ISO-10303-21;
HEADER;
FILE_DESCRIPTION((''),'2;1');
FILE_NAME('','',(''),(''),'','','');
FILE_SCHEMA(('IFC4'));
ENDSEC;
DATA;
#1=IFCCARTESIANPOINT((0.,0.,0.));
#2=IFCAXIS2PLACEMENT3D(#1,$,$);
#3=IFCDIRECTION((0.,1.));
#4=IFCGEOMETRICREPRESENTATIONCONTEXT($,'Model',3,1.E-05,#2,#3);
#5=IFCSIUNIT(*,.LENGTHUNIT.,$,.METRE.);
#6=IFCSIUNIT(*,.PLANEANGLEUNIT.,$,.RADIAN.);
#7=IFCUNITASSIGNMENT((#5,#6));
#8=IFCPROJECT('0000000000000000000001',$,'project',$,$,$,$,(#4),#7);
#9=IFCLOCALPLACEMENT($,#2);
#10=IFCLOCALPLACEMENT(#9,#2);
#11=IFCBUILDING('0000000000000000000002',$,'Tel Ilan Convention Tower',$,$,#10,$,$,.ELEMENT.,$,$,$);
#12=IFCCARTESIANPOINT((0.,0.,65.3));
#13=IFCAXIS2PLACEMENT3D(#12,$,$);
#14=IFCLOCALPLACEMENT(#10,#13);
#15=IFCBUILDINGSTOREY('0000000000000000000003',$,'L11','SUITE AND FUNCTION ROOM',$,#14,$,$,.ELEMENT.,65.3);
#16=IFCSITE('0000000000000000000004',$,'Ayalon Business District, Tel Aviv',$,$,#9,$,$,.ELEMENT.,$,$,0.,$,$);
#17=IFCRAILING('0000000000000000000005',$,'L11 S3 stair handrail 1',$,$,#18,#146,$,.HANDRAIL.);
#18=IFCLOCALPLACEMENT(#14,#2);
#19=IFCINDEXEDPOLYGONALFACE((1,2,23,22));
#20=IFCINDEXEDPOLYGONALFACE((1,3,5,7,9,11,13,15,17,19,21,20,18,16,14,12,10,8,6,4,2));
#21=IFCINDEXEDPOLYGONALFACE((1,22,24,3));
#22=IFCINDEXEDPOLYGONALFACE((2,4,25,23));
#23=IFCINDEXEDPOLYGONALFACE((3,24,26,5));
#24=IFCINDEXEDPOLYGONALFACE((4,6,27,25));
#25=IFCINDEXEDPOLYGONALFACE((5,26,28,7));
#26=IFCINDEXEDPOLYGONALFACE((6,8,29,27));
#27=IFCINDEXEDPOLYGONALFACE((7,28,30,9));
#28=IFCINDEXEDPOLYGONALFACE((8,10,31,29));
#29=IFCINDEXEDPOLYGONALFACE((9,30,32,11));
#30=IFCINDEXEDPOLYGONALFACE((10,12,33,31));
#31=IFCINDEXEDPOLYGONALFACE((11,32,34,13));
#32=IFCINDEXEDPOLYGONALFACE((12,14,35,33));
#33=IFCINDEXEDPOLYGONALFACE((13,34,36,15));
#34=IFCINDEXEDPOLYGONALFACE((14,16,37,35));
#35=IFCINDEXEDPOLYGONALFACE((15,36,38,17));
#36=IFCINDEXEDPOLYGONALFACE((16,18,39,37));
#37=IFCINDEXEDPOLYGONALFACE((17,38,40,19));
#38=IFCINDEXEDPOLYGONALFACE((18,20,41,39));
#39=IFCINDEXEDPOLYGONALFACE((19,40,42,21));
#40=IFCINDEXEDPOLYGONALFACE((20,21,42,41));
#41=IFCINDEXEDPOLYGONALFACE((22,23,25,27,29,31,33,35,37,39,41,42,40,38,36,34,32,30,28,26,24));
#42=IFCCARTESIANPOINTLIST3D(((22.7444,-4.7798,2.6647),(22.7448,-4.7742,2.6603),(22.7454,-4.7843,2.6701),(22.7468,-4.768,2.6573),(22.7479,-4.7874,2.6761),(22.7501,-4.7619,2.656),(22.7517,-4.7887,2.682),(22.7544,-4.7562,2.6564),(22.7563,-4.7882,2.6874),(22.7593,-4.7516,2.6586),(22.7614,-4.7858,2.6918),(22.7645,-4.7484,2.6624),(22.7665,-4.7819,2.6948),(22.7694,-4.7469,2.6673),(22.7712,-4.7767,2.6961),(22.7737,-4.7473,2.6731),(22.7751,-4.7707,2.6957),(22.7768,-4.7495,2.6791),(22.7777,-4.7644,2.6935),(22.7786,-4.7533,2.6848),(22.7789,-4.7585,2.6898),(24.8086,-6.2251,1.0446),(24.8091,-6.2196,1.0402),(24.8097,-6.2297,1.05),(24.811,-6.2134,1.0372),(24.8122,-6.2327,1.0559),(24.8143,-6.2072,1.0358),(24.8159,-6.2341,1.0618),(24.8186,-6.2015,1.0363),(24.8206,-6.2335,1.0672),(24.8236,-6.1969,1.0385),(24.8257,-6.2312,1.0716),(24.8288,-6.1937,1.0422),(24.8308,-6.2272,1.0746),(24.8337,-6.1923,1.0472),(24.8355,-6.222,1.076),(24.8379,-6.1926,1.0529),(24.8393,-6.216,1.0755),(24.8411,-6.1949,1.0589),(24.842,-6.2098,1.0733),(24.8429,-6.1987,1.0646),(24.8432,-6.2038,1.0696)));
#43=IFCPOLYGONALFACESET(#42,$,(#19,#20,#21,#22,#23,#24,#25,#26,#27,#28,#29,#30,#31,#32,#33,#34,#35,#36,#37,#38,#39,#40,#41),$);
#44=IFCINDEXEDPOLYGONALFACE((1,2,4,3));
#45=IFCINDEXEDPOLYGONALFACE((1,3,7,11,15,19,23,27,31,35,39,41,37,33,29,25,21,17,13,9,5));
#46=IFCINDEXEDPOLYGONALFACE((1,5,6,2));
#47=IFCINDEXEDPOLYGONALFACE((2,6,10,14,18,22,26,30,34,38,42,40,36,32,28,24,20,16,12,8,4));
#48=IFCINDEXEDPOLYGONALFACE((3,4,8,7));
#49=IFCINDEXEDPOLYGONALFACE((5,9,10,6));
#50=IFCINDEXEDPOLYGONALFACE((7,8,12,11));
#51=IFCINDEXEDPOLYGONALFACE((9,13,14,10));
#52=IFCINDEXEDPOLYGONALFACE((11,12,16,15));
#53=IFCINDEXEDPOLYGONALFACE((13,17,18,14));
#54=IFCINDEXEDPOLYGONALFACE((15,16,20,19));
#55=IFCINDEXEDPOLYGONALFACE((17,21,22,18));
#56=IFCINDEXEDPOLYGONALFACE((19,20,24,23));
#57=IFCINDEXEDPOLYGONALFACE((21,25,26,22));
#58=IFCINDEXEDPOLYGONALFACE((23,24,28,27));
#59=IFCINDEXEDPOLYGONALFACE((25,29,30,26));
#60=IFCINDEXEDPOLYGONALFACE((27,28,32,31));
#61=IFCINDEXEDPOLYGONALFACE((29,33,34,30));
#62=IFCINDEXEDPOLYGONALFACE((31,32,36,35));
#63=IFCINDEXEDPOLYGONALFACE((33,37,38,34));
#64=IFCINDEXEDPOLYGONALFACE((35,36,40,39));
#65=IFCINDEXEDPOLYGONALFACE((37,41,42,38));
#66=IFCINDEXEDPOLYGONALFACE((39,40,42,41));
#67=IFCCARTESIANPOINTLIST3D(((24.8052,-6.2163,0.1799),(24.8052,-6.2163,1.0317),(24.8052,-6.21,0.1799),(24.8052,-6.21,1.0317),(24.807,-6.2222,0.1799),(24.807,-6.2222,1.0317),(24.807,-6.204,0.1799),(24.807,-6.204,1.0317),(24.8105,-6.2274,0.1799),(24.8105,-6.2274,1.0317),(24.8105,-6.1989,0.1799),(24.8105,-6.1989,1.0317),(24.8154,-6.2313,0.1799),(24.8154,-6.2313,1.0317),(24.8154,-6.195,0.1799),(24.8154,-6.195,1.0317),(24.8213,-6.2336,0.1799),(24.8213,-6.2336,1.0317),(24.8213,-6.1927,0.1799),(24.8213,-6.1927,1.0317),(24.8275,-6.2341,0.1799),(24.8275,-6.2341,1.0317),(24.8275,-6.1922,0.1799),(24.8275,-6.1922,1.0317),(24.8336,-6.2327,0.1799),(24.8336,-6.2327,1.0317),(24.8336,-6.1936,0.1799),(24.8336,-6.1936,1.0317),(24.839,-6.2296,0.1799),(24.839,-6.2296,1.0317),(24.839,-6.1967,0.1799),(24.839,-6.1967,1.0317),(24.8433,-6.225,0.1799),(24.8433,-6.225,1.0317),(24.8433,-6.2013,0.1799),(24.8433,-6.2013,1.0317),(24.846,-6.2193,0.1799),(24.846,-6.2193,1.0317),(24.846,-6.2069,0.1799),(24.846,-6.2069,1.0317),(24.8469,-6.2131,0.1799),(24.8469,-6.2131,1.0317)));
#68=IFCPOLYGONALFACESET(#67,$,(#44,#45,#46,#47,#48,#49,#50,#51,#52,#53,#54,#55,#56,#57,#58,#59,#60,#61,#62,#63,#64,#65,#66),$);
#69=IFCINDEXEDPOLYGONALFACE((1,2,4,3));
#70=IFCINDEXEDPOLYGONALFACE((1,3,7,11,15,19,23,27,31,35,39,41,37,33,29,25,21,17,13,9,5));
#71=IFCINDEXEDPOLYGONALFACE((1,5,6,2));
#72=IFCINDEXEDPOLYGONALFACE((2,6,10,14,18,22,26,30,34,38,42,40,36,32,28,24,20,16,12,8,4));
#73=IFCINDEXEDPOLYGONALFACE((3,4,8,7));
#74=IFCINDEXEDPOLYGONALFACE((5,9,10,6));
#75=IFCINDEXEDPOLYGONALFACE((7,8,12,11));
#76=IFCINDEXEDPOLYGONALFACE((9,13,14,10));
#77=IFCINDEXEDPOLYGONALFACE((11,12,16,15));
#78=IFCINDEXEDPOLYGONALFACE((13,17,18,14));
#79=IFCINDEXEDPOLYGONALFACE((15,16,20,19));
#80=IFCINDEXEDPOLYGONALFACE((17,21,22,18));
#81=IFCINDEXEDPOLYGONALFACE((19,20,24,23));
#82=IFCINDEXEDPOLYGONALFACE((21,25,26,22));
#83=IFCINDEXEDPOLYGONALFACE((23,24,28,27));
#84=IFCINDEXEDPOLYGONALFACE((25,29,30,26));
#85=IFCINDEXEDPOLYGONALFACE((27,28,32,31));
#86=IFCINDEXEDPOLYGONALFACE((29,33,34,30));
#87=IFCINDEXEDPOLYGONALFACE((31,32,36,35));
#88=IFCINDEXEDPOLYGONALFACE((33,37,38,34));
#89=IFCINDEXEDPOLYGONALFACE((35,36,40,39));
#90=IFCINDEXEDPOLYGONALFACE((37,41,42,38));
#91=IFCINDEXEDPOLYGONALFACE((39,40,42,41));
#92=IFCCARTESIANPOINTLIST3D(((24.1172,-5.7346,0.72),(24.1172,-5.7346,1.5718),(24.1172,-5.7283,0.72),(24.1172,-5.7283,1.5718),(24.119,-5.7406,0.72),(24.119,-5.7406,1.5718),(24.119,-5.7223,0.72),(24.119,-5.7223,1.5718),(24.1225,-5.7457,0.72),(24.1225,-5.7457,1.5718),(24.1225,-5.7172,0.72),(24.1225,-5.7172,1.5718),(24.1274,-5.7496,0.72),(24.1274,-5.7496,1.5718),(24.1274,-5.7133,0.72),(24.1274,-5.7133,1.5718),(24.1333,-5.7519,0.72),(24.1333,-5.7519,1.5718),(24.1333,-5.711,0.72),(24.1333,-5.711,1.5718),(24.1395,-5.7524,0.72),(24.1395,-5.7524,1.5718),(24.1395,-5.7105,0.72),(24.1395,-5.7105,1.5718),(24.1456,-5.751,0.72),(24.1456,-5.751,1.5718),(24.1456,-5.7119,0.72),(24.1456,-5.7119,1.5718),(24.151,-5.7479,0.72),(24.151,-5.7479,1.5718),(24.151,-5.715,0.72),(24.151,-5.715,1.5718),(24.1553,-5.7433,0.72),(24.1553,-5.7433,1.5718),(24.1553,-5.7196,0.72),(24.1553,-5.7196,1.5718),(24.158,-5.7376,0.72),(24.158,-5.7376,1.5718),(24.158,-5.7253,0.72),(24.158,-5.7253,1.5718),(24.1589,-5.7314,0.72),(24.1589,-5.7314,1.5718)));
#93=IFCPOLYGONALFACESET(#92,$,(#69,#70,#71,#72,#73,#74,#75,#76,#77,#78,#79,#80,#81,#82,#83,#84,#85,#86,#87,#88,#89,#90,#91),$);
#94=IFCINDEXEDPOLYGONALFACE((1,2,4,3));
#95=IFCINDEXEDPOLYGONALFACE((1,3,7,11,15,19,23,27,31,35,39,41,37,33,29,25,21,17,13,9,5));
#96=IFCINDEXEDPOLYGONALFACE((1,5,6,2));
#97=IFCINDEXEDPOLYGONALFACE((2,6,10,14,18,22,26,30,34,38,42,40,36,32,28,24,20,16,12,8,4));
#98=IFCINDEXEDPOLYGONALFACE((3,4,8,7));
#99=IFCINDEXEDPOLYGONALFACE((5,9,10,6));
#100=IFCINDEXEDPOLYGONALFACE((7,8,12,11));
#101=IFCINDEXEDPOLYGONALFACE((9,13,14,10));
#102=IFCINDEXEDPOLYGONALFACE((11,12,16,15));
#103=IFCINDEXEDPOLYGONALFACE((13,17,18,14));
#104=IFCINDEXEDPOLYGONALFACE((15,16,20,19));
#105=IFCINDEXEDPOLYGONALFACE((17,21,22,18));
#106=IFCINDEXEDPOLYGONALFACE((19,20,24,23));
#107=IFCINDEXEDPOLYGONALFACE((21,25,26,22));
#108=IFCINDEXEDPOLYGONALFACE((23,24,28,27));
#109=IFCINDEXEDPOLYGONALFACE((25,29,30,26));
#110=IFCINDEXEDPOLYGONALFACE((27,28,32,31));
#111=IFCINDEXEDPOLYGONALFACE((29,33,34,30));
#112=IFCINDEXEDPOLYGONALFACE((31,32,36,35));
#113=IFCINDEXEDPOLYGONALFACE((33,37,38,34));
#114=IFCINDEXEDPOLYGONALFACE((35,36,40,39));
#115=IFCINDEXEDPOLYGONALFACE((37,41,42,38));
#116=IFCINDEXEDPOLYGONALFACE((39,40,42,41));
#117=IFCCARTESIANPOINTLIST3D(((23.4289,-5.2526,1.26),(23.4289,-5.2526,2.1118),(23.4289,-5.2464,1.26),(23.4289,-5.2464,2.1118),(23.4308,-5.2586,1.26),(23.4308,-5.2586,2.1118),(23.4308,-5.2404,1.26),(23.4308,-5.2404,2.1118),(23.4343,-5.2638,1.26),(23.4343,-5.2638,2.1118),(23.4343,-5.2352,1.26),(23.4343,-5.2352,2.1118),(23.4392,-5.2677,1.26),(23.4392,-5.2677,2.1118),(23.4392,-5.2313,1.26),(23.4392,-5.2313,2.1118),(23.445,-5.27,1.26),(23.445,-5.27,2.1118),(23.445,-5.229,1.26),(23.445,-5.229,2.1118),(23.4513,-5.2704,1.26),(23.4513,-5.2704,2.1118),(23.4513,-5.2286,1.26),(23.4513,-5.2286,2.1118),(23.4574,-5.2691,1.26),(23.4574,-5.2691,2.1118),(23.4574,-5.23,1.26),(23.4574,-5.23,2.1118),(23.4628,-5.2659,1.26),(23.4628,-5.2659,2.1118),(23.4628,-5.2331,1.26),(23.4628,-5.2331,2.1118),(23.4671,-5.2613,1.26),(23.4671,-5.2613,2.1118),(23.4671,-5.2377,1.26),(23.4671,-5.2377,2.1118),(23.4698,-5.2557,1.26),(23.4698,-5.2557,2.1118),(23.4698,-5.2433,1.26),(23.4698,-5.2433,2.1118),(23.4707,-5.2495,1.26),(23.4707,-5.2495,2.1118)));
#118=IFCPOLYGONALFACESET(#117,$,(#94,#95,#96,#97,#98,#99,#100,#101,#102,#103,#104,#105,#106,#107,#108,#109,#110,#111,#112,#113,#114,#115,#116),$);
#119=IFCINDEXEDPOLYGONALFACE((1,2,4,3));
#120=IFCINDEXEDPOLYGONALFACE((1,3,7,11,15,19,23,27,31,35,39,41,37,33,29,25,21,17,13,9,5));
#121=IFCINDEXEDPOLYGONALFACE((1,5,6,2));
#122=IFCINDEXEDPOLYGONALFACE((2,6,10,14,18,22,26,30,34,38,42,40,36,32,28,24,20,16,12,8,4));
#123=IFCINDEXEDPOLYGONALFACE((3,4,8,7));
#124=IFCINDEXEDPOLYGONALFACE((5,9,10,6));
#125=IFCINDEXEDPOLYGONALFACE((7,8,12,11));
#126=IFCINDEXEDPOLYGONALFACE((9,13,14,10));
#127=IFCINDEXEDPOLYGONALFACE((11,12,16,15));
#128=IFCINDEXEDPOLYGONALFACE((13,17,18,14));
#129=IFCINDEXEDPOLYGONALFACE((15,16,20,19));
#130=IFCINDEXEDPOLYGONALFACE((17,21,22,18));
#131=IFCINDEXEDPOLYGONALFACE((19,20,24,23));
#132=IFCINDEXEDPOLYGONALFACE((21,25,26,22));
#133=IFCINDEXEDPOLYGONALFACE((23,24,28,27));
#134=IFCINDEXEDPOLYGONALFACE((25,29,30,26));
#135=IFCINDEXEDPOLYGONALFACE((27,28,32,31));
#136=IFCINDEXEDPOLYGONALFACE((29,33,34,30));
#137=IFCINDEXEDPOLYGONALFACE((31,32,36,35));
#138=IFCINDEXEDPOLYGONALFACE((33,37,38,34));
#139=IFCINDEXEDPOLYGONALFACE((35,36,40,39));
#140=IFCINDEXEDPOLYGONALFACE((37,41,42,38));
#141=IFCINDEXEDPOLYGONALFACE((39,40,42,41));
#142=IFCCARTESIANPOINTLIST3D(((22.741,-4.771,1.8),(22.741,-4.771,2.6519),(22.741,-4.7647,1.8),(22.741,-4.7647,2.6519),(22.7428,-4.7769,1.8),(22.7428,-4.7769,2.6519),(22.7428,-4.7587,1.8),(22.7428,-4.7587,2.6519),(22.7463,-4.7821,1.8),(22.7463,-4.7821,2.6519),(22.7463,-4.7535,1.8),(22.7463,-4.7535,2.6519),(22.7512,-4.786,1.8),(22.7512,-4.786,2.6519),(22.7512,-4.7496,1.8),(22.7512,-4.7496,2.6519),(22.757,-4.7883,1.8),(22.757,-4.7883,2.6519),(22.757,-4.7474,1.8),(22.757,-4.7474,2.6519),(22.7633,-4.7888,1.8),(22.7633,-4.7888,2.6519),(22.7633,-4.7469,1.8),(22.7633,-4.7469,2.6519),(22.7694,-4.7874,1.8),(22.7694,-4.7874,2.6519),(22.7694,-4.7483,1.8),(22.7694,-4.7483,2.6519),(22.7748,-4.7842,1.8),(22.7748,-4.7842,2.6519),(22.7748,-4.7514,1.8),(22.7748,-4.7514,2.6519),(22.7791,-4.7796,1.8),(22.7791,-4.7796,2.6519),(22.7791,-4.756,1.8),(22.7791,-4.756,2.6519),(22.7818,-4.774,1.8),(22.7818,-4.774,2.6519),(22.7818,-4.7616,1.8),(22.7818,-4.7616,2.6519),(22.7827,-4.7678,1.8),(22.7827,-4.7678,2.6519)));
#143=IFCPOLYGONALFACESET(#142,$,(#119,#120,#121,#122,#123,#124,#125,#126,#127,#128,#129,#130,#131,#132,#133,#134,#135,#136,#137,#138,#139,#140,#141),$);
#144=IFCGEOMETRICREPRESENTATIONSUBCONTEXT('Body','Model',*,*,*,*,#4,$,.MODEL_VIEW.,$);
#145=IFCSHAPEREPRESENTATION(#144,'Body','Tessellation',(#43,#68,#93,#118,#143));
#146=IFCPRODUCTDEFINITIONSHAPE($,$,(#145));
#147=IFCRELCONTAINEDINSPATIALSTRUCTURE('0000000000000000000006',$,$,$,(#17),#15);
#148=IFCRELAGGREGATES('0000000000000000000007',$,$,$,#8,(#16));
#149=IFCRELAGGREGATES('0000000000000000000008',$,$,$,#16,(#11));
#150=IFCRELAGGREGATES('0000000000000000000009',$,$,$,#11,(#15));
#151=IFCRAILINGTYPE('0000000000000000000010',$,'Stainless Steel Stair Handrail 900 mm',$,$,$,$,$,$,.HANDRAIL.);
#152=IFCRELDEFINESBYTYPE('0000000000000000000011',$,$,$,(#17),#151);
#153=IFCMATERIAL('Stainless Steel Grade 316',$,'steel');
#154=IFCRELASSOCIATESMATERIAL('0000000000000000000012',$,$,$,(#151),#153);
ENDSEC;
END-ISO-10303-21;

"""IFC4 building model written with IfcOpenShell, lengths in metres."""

from ifc_helpers import new_model, si_unit, direction, frame, origin, origin_2d, place, context, subcontext, project, spatial, circle, extrude, material, type_object, element, save


model = new_model("IFC4")

# Units and contexts
model_context = context("Model", 3, precision=1e-05, world=origin(), true_north=direction((0.0, 1.0)))
body_context = subcontext(model_context, "Body", "Model", "MODEL_VIEW")
ifc_project = project(units=[si_unit("LENGTHUNIT", "METRE"), si_unit("PLANEANGLEUNIT", "RADIAN")], contexts=[model_context])

# Site, building, storey
site_placement = place(None, origin())
site = spatial("IfcSite", under=ifc_project, at=site_placement, Name="Ayalon Business District, Tel Aviv", CompositionType="ELEMENT", RefElevation=0.0)
building_placement = place(site_placement, origin())
building = spatial("IfcBuilding", under=site, at=building_placement, Name="Tel Ilan Convention Tower", CompositionType="ELEMENT")
storey_placement = place(building_placement, frame((0.0, 0.0, 65.3)))
storey = spatial("IfcBuildingStorey", under=building, at=storey_placement, Name="L11", Description="SUITE AND FUNCTION ROOM", CompositionType="ELEMENT", Elevation=65.3)

# Railing
ifc_material_1 = material(Name="Stainless Steel Grade 316", Category="steel")
railing_type = type_object("IfcRailingType", Name="Stainless Steel Stair Handrail 900 mm", PredefinedType="HANDRAIL", material=ifc_material_1)
railing_placement = place(storey_placement, frame((24.8259, -6.2131, 0.1799)))
element("IfcRailing", 1, at=railing_placement, inside=storey, type_object=railing_type, Name="L11 S3 stair handrail 1", PredefinedType="HANDRAIL", context=body_context, shape_type="SweptSolid", body=[
    extrude(circle(Radius=0.0239, at=origin_2d()), frame((0.0, 0.0, 0.876), z_axis=(-0.68904, 0.48245, 0.540801), x_axis=(-0.57356, -0.819164, 0.0)), (0.0, 0.0, 1.0), 2.9958),
    extrude(circle(Radius=0.021, at=origin_2d()), origin(), (0.0, 0.0, 1.0), 0.8518),
    extrude(circle(Radius=0.021, at=origin_2d()), frame((-0.688, 0.4817, 0.54)), (0.0, 0.0, 1.0), 0.8518),
    extrude(circle(Radius=0.021, at=origin_2d()), frame((-1.3762, 0.9636, 1.0801)), (0.0, 0.0, 1.0), 0.8518),
    extrude(circle(Radius=0.021, at=origin_2d()), frame((-2.0642, 1.4453, 1.6201)), (0.0, 0.0, 1.0), 0.8518),
])

save(model, "model.ifc")
